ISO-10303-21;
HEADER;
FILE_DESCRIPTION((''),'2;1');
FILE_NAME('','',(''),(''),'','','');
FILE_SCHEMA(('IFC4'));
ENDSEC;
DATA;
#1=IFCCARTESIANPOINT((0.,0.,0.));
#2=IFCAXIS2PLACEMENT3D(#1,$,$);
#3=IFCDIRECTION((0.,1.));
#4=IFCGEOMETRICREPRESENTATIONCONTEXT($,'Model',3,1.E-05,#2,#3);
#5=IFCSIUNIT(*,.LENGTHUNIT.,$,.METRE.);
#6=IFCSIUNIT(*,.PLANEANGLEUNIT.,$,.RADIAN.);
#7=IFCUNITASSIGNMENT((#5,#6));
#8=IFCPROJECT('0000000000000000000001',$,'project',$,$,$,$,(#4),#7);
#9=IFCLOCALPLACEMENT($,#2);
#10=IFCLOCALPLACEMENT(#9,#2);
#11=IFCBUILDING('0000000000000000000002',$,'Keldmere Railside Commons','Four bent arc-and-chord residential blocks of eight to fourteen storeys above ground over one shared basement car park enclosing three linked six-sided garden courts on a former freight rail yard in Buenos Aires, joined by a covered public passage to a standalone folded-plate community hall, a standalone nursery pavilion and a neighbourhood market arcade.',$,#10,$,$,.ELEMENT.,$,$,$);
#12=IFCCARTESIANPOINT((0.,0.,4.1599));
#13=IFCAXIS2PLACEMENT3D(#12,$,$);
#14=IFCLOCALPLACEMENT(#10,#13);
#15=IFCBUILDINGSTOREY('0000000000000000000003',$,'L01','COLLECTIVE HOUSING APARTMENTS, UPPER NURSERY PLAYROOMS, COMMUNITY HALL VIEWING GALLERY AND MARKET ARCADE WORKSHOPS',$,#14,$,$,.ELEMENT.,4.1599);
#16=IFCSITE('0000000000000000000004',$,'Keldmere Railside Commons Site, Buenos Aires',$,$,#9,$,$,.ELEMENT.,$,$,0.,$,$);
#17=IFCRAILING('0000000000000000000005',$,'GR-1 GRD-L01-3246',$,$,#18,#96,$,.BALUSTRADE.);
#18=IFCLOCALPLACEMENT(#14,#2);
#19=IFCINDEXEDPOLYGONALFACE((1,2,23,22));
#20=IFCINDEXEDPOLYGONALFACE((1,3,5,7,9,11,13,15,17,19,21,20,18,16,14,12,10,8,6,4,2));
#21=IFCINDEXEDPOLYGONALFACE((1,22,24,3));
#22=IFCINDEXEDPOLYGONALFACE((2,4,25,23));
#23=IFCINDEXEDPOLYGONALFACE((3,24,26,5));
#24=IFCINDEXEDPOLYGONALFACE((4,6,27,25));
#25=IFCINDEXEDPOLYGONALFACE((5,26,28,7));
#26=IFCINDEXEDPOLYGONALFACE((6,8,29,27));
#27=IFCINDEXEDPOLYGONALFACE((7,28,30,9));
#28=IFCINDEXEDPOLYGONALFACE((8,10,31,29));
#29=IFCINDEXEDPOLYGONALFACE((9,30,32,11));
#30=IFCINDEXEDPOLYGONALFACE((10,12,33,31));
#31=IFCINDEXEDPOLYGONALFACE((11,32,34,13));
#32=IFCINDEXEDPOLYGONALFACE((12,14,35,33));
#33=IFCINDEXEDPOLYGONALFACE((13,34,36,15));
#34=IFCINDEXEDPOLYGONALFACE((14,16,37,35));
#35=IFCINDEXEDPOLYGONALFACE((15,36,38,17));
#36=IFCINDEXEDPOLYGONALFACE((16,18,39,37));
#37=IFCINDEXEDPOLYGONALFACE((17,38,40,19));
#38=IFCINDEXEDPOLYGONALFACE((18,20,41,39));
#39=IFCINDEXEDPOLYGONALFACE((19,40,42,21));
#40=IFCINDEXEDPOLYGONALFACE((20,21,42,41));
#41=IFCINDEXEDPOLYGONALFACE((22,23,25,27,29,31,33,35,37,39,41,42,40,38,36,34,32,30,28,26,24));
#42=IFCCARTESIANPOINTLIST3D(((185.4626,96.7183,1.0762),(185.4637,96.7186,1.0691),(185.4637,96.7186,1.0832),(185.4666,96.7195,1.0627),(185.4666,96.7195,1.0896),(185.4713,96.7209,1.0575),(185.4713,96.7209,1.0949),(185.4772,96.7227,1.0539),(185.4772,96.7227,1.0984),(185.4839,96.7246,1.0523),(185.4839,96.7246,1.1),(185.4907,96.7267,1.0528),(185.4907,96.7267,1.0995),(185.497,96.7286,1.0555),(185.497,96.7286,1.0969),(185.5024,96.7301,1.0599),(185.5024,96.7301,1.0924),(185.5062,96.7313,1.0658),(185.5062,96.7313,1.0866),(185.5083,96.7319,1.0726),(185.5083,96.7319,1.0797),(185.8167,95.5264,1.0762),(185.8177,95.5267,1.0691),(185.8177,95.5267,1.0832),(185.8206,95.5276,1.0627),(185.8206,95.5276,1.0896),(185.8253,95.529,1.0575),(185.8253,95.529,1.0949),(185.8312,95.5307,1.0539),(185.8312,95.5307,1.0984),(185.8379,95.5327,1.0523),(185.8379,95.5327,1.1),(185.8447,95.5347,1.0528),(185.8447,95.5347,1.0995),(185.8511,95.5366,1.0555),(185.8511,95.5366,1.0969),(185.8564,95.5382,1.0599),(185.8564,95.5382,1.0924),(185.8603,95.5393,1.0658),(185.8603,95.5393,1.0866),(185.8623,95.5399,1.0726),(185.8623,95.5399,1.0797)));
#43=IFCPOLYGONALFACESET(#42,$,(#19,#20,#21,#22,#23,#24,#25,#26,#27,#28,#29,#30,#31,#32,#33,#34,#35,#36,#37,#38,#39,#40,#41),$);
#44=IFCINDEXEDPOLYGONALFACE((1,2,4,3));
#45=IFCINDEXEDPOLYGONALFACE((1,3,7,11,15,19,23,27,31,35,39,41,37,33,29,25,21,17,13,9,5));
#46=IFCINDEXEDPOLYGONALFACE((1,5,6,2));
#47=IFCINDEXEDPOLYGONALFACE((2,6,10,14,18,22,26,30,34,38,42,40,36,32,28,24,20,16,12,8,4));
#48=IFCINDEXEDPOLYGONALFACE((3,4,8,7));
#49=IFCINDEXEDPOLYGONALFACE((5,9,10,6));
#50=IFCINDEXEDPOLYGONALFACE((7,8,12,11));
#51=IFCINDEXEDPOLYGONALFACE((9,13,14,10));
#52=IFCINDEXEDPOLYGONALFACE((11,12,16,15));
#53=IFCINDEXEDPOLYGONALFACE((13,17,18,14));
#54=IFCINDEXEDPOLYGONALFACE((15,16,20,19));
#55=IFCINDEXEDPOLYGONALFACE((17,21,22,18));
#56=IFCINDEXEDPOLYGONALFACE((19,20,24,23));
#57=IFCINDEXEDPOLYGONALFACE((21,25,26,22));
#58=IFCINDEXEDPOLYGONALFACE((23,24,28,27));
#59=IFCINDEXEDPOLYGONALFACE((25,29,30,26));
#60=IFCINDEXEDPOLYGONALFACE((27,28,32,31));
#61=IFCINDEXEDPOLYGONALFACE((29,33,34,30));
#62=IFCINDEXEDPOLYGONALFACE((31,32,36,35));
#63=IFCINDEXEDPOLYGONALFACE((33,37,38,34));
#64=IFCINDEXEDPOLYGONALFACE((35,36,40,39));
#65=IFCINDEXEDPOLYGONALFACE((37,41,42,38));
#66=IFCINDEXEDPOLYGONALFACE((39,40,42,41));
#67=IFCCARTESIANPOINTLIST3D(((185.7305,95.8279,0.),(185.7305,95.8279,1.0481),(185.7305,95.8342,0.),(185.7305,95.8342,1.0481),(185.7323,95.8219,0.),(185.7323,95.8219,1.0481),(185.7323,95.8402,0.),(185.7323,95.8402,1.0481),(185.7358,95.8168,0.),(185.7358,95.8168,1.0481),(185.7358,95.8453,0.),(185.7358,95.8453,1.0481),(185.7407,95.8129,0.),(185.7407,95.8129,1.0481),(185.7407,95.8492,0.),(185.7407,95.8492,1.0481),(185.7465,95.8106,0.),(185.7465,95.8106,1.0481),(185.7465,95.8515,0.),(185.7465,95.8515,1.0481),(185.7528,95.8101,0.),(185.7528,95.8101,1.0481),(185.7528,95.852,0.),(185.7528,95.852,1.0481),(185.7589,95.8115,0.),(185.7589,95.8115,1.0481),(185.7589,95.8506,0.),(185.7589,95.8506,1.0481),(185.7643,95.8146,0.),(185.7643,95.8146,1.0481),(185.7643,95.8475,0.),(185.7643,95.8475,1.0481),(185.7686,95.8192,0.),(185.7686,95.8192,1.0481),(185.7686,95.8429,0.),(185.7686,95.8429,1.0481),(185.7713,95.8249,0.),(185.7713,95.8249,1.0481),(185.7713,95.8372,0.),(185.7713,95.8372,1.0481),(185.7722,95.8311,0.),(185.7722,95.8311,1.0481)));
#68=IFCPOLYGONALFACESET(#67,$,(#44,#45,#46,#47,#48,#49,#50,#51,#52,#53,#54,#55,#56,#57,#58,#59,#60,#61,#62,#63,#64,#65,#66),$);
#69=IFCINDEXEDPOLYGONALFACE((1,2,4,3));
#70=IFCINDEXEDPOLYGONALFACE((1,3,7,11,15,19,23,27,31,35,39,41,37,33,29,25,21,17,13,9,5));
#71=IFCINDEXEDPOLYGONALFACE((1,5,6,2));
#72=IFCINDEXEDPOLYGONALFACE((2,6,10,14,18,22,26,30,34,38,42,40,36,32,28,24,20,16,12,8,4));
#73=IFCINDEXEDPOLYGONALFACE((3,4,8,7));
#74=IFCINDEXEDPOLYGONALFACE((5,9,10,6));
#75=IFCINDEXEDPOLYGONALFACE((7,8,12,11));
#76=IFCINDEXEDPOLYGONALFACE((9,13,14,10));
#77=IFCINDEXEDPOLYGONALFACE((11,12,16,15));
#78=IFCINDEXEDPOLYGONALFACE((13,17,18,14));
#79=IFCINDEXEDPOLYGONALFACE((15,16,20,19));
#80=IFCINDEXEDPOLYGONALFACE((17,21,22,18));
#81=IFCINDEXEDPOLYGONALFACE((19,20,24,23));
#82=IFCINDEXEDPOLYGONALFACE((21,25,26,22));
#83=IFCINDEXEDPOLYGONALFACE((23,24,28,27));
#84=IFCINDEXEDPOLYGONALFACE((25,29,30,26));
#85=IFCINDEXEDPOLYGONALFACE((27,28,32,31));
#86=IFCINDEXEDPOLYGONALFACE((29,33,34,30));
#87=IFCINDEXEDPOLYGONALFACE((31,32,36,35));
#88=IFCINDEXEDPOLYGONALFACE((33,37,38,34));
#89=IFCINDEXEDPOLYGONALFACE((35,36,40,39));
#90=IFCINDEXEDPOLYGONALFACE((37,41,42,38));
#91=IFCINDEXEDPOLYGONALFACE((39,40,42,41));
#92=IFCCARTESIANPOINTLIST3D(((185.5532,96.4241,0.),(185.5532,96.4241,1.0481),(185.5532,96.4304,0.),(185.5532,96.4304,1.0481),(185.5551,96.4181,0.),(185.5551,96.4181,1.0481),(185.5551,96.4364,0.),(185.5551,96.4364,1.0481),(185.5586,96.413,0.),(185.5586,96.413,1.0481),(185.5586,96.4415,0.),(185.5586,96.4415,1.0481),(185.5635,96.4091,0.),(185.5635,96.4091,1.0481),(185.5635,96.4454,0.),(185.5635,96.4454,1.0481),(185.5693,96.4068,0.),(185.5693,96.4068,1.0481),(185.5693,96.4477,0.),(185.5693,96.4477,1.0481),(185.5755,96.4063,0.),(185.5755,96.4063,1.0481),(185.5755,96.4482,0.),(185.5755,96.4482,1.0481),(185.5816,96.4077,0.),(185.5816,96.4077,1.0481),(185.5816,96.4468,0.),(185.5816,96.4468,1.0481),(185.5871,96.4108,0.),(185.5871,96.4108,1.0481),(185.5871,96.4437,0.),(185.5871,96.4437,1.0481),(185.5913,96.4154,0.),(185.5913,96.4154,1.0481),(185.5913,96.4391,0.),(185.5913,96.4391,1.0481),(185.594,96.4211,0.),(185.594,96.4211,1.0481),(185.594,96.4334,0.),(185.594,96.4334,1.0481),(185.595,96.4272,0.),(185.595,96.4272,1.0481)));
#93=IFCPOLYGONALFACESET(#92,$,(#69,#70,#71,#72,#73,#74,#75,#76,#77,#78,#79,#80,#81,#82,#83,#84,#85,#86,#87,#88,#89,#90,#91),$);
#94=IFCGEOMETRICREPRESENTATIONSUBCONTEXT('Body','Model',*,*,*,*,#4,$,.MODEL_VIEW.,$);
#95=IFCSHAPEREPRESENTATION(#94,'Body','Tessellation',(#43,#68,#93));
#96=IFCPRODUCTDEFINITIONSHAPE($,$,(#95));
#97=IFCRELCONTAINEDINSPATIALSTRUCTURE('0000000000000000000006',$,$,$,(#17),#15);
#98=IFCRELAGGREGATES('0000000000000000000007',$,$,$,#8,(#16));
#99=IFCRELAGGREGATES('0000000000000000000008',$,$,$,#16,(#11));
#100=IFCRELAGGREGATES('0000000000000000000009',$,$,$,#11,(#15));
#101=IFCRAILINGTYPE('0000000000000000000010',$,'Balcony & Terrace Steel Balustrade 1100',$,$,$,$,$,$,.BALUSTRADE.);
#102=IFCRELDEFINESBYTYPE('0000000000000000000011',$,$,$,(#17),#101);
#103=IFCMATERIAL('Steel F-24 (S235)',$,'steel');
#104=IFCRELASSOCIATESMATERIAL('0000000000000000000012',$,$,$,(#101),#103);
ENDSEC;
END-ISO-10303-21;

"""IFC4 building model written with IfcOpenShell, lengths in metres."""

from ifc_helpers import new_model, si_unit, direction, frame, origin, origin_2d, place, context, subcontext, project, spatial, circle, extrude, material, type_object, element, save


model = new_model("IFC4")

# Units and contexts
model_context = context("Model", 3, precision=1e-05, world=origin(), true_north=direction((0.0, 1.0)))
body_context = subcontext(model_context, "Body", "Model", "MODEL_VIEW")
ifc_project = project(units=[si_unit("LENGTHUNIT", "METRE"), si_unit("PLANEANGLEUNIT", "RADIAN")], contexts=[model_context])

# Site, building, storey
site_placement = place(None, origin())
site = spatial("IfcSite", under=ifc_project, at=site_placement, Name="Keldmere Railside Commons Site, Buenos Aires", CompositionType="ELEMENT", RefElevation=0.0)
building_placement = place(site_placement, origin())
building = spatial("IfcBuilding", under=site, at=building_placement, Name="Keldmere Railside Commons", Description="Four bent arc-and-chord residential blocks of eight to fourteen storeys above ground over one shared basement car park enclosing three linked six-sided garden courts on a former freight rail yard in Buenos Aires, joined by a covered public passage to a standalone folded-plate community hall, a standalone nursery pavilion and a neighbourhood market arcade.", CompositionType="ELEMENT")
storey_placement = place(building_placement, frame((0.0, 0.0, 4.1599)))
storey = spatial("IfcBuildingStorey", under=building, at=storey_placement, Name="L01", Description="COLLECTIVE HOUSING APARTMENTS, UPPER NURSERY PLAYROOMS, COMMUNITY HALL VIEWING GALLERY AND MARKET ARCADE WORKSHOPS", CompositionType="ELEMENT", Elevation=4.1599)

# Railing
ifc_material_1 = material(Name="Steel F-24 (S235)", Category="steel")
railing_type = type_object("IfcRailingType", Name="Balcony & Terrace Steel Balustrade 1100", PredefinedType="BALUSTRADE", material=ifc_material_1)
railing_1_placement = place(storey_placement, frame((185.8396, 95.5332, 0.0)))
element("IfcRailing", 1, at=railing_1_placement, inside=storey, type_object=railing_type, Name="GR-1 GRD-L01-3246", PredefinedType="BALUSTRADE", context=body_context, shape_type="SweptSolid", body=[
    extrude(circle(Radius=0.0239, at=origin_2d()), frame((0.0, 0.0, 1.0762), z_axis=(-0.284717, 0.958612, 0.0), x_axis=(-0.958612, -0.284717, 0.0)), (0.0, 0.0, 1.0), 1.2434),
    extrude(circle(Radius=0.021, at=origin_2d()), frame((-0.0884, 0.2979, 0.0)), (0.0, 0.0, 1.0), 1.0481),
    extrude(circle(Radius=0.021, at=origin_2d()), frame((-0.2656, 0.894, 0.0)), (0.0, 0.0, 1.0), 1.0481),
])

save(model, "model.ifc")
